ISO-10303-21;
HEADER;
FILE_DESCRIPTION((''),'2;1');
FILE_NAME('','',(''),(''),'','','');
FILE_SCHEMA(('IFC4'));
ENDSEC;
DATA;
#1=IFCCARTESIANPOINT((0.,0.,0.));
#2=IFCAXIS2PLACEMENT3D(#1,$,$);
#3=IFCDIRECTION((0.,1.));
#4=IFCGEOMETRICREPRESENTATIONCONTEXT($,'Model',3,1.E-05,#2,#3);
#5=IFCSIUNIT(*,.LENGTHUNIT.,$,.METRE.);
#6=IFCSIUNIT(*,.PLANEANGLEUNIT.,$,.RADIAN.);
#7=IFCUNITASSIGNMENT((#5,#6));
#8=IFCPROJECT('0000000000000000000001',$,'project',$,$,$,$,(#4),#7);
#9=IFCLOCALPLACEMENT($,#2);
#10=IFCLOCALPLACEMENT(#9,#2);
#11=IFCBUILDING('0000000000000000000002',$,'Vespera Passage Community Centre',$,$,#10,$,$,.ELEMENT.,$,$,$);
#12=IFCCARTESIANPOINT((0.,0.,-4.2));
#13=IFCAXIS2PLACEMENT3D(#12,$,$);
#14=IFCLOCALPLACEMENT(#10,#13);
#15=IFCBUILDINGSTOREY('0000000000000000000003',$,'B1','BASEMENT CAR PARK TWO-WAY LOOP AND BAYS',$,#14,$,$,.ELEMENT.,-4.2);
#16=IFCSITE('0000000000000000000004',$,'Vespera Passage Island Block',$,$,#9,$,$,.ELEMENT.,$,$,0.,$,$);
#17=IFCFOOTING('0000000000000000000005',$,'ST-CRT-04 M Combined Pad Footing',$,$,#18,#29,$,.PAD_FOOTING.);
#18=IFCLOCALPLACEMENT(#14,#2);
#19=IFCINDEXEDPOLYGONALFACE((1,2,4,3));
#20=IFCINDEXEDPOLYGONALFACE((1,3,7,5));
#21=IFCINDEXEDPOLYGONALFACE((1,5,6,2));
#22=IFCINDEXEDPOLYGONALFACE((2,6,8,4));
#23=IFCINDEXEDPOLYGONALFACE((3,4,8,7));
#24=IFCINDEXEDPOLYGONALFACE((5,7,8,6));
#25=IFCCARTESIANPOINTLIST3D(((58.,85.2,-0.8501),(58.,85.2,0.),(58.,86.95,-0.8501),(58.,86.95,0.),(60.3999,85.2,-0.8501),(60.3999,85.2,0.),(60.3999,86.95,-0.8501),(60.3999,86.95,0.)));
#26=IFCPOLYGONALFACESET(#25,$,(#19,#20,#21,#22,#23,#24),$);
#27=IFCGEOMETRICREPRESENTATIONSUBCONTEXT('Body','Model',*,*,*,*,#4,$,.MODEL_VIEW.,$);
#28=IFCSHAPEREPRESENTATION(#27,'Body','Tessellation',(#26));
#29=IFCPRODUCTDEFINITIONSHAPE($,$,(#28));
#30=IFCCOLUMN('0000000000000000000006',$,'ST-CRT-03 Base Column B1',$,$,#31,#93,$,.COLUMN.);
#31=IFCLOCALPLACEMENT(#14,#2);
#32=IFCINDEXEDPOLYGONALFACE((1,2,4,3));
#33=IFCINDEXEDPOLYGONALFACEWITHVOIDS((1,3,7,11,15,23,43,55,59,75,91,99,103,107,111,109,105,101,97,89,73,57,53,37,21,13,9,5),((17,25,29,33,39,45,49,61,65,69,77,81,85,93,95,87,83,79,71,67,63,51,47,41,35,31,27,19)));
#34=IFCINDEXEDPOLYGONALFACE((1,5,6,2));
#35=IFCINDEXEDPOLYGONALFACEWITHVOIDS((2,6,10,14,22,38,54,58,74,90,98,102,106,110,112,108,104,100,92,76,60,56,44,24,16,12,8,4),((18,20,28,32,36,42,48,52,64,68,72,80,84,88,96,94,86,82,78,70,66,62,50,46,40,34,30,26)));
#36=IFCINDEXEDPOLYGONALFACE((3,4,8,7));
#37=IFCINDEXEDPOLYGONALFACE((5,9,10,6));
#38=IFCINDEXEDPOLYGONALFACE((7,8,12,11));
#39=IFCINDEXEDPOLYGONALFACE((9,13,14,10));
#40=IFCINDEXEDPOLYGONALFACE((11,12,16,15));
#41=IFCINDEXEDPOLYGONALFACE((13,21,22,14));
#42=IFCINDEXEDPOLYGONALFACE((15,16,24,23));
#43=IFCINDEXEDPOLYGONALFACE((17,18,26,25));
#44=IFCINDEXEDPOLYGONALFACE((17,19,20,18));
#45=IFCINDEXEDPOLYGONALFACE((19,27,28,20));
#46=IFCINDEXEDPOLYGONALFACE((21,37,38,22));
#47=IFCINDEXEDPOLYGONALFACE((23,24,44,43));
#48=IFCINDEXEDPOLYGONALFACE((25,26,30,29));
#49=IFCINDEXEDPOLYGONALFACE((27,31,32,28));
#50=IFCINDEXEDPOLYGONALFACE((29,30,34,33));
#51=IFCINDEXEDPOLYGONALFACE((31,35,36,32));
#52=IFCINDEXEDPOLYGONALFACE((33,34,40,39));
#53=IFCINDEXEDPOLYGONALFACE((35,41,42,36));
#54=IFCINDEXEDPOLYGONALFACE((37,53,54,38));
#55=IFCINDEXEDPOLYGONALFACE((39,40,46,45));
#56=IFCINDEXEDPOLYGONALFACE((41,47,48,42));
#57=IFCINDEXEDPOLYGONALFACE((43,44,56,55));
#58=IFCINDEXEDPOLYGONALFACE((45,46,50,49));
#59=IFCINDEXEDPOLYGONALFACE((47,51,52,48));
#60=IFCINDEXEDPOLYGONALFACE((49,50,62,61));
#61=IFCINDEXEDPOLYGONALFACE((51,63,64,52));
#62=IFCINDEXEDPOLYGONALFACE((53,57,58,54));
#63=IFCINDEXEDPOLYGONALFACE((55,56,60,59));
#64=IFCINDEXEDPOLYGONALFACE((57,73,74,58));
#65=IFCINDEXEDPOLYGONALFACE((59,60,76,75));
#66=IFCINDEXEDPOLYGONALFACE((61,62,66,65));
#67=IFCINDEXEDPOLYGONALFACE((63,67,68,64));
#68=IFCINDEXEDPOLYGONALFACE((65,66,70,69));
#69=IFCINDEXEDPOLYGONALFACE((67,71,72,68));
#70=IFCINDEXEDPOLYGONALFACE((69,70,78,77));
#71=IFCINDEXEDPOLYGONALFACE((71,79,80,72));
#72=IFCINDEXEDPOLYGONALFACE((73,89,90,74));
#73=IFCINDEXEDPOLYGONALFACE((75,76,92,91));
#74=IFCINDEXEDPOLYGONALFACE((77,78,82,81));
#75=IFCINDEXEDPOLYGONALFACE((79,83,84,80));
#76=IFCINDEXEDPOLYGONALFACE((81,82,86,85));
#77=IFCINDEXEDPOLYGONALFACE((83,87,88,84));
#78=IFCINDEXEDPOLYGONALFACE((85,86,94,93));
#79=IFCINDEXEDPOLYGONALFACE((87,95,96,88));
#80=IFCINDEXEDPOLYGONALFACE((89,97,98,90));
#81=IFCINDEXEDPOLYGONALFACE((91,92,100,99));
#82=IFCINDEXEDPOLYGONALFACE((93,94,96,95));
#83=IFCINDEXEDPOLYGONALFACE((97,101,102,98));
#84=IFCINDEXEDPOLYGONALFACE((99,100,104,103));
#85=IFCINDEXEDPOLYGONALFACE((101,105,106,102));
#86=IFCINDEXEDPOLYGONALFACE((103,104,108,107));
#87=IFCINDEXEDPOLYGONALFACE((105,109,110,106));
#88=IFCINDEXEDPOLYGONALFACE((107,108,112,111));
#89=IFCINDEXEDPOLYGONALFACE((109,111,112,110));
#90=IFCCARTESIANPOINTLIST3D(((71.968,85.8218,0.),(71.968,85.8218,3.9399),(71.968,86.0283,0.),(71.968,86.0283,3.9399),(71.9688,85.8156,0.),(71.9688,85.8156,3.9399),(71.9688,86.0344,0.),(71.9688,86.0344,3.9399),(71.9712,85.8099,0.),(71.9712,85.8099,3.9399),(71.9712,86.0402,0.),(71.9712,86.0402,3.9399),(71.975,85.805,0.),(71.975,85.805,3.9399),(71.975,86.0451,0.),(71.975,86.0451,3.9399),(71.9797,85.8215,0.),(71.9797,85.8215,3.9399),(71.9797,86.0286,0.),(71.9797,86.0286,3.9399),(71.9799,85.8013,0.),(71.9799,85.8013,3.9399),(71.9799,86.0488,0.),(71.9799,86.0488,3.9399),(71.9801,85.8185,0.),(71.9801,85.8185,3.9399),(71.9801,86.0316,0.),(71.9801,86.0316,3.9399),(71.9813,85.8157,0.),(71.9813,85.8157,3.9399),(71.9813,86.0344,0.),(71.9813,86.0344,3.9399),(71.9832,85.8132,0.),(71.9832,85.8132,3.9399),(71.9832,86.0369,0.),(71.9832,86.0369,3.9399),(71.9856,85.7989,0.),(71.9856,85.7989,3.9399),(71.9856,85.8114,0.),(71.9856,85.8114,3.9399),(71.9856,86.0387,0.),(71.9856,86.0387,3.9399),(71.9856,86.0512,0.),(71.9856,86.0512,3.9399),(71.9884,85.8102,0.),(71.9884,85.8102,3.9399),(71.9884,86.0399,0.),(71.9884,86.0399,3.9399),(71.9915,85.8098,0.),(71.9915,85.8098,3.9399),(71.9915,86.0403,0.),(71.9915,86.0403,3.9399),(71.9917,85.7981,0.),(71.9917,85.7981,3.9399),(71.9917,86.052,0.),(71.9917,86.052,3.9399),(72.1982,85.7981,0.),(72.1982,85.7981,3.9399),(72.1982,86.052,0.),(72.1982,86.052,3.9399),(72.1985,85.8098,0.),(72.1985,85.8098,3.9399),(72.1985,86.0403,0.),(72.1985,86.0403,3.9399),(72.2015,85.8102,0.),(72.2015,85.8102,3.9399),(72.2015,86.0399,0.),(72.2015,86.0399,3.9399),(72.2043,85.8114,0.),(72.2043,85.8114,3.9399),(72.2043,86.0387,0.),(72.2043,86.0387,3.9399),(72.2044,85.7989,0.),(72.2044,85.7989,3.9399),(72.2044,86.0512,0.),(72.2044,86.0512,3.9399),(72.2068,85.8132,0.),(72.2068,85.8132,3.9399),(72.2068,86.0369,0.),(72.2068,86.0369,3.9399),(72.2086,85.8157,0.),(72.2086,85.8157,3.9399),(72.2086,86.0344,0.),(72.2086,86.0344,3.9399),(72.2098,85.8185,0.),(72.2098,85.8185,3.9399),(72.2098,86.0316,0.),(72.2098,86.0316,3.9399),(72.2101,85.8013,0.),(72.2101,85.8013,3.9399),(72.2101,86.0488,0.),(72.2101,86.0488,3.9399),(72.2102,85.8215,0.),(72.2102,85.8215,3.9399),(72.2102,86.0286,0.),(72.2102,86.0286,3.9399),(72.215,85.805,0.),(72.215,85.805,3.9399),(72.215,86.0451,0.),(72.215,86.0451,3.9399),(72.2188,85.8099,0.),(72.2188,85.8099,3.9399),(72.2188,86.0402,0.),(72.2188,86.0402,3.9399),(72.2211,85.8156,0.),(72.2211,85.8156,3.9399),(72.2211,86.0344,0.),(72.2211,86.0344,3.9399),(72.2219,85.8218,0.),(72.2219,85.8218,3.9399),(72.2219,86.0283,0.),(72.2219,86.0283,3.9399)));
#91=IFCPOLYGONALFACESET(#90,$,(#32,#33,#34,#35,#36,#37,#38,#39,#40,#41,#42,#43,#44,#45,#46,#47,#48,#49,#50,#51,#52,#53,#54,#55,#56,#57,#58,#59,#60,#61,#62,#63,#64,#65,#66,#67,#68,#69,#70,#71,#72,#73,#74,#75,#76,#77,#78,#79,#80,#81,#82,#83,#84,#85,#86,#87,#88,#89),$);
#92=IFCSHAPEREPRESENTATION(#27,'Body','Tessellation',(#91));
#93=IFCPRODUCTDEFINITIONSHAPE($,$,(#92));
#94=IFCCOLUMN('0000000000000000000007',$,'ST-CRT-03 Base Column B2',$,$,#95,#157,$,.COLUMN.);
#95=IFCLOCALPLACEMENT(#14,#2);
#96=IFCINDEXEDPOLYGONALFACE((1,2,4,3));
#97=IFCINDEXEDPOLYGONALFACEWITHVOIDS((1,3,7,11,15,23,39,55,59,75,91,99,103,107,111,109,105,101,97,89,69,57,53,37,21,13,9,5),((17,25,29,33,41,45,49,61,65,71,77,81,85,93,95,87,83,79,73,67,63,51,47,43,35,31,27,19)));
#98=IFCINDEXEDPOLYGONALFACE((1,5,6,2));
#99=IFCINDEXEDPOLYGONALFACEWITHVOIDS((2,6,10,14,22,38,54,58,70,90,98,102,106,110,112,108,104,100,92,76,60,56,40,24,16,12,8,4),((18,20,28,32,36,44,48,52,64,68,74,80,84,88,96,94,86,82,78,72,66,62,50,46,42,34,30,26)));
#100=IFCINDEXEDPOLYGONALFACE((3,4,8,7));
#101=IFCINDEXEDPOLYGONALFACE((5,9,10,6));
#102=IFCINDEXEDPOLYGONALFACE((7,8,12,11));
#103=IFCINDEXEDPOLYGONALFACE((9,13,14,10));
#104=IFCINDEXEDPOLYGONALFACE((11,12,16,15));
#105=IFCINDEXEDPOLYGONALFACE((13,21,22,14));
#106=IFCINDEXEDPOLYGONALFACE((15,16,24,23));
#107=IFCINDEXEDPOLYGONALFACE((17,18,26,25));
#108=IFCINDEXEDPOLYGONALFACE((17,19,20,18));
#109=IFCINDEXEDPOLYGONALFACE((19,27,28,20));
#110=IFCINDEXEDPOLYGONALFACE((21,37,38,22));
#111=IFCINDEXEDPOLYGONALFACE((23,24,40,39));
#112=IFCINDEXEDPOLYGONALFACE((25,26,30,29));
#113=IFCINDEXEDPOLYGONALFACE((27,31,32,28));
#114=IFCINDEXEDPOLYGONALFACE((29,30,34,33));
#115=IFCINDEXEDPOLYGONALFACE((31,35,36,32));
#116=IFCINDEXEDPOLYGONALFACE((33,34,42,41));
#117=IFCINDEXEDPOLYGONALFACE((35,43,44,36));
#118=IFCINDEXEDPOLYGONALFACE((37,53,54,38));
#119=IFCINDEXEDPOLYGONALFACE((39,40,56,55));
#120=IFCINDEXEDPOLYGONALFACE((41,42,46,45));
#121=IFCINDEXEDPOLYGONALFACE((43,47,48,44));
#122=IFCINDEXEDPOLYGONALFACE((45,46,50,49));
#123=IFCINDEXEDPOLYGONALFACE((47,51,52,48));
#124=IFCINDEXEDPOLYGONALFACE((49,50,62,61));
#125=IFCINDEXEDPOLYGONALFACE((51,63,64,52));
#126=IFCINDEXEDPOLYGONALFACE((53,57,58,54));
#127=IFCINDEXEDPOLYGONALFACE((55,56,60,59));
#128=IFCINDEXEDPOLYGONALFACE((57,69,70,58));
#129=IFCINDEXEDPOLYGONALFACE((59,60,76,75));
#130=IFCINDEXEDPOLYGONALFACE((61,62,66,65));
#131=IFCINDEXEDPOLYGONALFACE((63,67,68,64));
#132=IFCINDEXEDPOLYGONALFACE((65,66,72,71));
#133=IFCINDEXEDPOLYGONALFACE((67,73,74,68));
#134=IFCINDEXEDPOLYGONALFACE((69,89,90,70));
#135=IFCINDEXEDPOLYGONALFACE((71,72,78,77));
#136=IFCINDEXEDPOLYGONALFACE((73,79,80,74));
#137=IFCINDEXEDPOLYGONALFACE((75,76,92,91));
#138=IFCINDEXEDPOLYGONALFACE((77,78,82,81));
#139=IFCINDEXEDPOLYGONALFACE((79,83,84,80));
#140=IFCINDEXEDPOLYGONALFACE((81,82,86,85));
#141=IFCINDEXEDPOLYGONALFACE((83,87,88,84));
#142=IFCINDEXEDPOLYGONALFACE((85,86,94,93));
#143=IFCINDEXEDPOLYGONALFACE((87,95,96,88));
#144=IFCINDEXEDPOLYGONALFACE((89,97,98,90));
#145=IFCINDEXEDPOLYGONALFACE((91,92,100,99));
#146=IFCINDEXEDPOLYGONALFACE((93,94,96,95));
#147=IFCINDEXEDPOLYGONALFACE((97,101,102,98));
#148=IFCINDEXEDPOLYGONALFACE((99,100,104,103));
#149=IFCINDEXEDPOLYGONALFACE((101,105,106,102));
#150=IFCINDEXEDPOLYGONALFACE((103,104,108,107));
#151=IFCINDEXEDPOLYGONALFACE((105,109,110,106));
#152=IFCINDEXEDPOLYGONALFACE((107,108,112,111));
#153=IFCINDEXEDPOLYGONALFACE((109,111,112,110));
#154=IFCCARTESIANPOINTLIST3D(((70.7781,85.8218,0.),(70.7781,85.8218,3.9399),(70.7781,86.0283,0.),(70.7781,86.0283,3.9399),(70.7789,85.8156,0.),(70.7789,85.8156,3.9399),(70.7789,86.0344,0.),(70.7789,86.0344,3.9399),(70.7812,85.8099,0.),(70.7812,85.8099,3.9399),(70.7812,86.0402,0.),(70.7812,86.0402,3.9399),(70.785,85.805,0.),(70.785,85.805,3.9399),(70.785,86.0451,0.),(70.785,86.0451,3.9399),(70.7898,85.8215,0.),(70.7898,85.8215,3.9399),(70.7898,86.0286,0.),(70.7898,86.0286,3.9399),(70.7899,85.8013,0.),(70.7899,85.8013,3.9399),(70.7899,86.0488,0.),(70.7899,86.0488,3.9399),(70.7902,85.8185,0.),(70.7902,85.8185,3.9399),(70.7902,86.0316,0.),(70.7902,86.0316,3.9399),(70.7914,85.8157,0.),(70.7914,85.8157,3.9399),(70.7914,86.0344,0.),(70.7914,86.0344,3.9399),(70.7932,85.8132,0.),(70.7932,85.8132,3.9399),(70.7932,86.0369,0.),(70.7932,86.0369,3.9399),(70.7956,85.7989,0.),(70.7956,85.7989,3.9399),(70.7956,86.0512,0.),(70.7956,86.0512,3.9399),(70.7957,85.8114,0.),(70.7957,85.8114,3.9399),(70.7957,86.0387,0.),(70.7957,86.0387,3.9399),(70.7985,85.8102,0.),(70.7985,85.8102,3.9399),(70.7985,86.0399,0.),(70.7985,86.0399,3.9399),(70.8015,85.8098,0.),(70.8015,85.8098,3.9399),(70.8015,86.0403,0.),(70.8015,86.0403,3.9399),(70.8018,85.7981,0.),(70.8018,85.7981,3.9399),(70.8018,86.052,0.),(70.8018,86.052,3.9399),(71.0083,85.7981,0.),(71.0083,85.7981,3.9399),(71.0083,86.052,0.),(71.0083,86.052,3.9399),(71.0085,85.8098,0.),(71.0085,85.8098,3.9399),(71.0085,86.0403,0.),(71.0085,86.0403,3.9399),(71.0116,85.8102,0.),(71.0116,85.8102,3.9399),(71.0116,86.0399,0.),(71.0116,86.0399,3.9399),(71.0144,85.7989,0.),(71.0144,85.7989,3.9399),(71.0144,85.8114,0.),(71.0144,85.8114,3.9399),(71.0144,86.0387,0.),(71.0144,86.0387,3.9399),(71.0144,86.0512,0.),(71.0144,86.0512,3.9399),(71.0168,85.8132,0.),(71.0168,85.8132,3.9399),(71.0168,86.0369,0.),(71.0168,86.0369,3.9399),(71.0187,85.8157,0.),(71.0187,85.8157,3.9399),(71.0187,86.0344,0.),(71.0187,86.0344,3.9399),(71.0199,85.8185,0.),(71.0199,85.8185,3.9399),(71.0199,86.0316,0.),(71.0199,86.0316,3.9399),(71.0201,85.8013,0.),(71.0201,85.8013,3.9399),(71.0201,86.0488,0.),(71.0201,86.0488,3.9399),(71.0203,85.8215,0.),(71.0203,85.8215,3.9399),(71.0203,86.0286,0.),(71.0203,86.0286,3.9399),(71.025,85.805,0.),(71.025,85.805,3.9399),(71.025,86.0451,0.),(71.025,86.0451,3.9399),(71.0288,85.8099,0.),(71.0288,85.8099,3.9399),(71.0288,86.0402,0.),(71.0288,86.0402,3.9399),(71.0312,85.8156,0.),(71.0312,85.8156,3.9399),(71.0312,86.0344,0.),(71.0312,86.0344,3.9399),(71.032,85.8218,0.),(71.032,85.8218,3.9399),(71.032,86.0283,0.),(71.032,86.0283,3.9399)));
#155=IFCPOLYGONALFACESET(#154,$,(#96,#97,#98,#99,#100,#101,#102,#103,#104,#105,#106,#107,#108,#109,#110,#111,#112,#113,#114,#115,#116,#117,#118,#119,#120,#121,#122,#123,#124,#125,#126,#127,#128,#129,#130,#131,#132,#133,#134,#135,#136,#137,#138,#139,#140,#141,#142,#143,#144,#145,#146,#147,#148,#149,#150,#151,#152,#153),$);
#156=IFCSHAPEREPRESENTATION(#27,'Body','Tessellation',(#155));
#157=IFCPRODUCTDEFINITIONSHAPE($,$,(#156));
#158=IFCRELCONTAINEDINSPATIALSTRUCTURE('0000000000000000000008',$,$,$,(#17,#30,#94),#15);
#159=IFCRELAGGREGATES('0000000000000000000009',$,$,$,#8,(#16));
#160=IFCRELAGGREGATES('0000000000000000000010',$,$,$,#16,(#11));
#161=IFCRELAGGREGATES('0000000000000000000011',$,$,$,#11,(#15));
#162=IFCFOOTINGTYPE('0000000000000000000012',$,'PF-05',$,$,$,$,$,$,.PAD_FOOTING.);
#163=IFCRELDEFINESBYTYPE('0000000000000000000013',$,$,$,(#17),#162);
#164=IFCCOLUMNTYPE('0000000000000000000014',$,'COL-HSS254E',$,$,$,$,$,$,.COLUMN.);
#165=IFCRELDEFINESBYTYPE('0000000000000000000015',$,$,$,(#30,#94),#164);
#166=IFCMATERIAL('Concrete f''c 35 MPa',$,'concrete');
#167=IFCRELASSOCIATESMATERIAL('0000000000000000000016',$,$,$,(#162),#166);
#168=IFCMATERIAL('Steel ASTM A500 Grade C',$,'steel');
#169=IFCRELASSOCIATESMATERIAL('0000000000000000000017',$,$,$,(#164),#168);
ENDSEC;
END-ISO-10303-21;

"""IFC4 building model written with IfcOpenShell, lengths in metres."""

from ifc_helpers import new_model, si_unit, direction, frame, origin, origin_2d, place, context, subcontext, project, spatial, rectangle, hollow_rectangle, extrude, material, material_profile, profile_set, type_object, element, save


model = new_model("IFC4")

# Units and contexts
model_context = context("Model", 3, precision=1e-05, world=origin(), true_north=direction((0.0, 1.0)))
body_context = subcontext(model_context, "Body", "Model", "MODEL_VIEW")
ifc_project = project(units=[si_unit("LENGTHUNIT", "METRE"), si_unit("PLANEANGLEUNIT", "RADIAN")], contexts=[model_context])

# Site, building, storey
site_placement = place(None, origin())
site = spatial("IfcSite", under=ifc_project, at=site_placement, Name="Vespera Passage Island Block", CompositionType="ELEMENT", RefElevation=0.0)
building_placement = place(site_placement, origin())
building = spatial("IfcBuilding", under=site, at=building_placement, Name="Vespera Passage Community Centre", CompositionType="ELEMENT")
storey_placement = place(building_placement, frame((0.0, 0.0, -4.2)))
storey = spatial("IfcBuildingStorey", under=building, at=storey_placement, Name="B1", Description="BASEMENT CAR PARK TWO-WAY LOOP AND BAYS", CompositionType="ELEMENT", Elevation=-4.2)

# Footing
ifc_material_1 = material(Name="Concrete f'c 35 MPa", Category="concrete")
footing_type_1 = type_object("IfcFootingType", Name="PF-05", PredefinedType="PAD_FOOTING", material=ifc_material_1)
for number, where, z_axis, x_axis, name in (
    (1, (59.2, 86.075, -0.8501), (0.0, 0.0, 1.0), (-1.0, 0.0, 0.0), "ST-CRT-04 M Combined Pad Footing"),
):
    element("IfcFooting", number, at=place(storey_placement, frame(where, z_axis=z_axis, x_axis=x_axis)), inside=storey, type_object=footing_type_1, Name=name, PredefinedType="PAD_FOOTING", context=body_context, shape_type="SweptSolid", body=[
        extrude(rectangle(XDim=2.3999, YDim=1.75, at=origin_2d()), origin(), (0.0, 0.0, 1.0), 0.8501),
    ])

# Columns
ifc_material_2 = material(Name="Steel ASTM A500 Grade C", Category="steel")
ifc_material_profile_1 = material_profile(ifc_material_2, hollow_rectangle(XDim=0.2539, YDim=0.2539, WallThickness=0.0117, InnerFilletRadius=0.0117, OuterFilletRadius=0.0237, at=origin_2d()), Name="HSS254X254X12.7")
ifc_profile_set_1 = profile_set([ifc_material_profile_1], Name="Steel ASTM A500 Grade C")
column_type_1 = type_object("IfcColumnType", Name="COL-HSS254E", PredefinedType="COLUMN", material=ifc_profile_set_1)
for number, where, z_axis, x_axis, name in (
    (2, (72.095, 85.925, 0.0), (0.0, 0.0, 1.0), (1.0, 0.0, 0.0), "ST-CRT-03 Base Column B1"),
    (3, (70.905, 85.925, 0.0), (0.0, 0.0, 1.0), (1.0, 0.0, 0.0), "ST-CRT-03 Base Column B2"),
):
    element("IfcColumn", number, at=place(storey_placement, frame(where, z_axis=z_axis, x_axis=x_axis)), inside=storey, type_object=column_type_1, Name=name, PredefinedType="COLUMN", context=body_context, shape_type="SweptSolid", body=[
        extrude(hollow_rectangle(XDim=0.2539, YDim=0.2539, WallThickness=0.0117, InnerFilletRadius=0.0117, OuterFilletRadius=0.0237, at=origin_2d()), origin(), (0.0, 0.0, 1.0), 3.9399),
    ])

save(model, "model.ifc")
